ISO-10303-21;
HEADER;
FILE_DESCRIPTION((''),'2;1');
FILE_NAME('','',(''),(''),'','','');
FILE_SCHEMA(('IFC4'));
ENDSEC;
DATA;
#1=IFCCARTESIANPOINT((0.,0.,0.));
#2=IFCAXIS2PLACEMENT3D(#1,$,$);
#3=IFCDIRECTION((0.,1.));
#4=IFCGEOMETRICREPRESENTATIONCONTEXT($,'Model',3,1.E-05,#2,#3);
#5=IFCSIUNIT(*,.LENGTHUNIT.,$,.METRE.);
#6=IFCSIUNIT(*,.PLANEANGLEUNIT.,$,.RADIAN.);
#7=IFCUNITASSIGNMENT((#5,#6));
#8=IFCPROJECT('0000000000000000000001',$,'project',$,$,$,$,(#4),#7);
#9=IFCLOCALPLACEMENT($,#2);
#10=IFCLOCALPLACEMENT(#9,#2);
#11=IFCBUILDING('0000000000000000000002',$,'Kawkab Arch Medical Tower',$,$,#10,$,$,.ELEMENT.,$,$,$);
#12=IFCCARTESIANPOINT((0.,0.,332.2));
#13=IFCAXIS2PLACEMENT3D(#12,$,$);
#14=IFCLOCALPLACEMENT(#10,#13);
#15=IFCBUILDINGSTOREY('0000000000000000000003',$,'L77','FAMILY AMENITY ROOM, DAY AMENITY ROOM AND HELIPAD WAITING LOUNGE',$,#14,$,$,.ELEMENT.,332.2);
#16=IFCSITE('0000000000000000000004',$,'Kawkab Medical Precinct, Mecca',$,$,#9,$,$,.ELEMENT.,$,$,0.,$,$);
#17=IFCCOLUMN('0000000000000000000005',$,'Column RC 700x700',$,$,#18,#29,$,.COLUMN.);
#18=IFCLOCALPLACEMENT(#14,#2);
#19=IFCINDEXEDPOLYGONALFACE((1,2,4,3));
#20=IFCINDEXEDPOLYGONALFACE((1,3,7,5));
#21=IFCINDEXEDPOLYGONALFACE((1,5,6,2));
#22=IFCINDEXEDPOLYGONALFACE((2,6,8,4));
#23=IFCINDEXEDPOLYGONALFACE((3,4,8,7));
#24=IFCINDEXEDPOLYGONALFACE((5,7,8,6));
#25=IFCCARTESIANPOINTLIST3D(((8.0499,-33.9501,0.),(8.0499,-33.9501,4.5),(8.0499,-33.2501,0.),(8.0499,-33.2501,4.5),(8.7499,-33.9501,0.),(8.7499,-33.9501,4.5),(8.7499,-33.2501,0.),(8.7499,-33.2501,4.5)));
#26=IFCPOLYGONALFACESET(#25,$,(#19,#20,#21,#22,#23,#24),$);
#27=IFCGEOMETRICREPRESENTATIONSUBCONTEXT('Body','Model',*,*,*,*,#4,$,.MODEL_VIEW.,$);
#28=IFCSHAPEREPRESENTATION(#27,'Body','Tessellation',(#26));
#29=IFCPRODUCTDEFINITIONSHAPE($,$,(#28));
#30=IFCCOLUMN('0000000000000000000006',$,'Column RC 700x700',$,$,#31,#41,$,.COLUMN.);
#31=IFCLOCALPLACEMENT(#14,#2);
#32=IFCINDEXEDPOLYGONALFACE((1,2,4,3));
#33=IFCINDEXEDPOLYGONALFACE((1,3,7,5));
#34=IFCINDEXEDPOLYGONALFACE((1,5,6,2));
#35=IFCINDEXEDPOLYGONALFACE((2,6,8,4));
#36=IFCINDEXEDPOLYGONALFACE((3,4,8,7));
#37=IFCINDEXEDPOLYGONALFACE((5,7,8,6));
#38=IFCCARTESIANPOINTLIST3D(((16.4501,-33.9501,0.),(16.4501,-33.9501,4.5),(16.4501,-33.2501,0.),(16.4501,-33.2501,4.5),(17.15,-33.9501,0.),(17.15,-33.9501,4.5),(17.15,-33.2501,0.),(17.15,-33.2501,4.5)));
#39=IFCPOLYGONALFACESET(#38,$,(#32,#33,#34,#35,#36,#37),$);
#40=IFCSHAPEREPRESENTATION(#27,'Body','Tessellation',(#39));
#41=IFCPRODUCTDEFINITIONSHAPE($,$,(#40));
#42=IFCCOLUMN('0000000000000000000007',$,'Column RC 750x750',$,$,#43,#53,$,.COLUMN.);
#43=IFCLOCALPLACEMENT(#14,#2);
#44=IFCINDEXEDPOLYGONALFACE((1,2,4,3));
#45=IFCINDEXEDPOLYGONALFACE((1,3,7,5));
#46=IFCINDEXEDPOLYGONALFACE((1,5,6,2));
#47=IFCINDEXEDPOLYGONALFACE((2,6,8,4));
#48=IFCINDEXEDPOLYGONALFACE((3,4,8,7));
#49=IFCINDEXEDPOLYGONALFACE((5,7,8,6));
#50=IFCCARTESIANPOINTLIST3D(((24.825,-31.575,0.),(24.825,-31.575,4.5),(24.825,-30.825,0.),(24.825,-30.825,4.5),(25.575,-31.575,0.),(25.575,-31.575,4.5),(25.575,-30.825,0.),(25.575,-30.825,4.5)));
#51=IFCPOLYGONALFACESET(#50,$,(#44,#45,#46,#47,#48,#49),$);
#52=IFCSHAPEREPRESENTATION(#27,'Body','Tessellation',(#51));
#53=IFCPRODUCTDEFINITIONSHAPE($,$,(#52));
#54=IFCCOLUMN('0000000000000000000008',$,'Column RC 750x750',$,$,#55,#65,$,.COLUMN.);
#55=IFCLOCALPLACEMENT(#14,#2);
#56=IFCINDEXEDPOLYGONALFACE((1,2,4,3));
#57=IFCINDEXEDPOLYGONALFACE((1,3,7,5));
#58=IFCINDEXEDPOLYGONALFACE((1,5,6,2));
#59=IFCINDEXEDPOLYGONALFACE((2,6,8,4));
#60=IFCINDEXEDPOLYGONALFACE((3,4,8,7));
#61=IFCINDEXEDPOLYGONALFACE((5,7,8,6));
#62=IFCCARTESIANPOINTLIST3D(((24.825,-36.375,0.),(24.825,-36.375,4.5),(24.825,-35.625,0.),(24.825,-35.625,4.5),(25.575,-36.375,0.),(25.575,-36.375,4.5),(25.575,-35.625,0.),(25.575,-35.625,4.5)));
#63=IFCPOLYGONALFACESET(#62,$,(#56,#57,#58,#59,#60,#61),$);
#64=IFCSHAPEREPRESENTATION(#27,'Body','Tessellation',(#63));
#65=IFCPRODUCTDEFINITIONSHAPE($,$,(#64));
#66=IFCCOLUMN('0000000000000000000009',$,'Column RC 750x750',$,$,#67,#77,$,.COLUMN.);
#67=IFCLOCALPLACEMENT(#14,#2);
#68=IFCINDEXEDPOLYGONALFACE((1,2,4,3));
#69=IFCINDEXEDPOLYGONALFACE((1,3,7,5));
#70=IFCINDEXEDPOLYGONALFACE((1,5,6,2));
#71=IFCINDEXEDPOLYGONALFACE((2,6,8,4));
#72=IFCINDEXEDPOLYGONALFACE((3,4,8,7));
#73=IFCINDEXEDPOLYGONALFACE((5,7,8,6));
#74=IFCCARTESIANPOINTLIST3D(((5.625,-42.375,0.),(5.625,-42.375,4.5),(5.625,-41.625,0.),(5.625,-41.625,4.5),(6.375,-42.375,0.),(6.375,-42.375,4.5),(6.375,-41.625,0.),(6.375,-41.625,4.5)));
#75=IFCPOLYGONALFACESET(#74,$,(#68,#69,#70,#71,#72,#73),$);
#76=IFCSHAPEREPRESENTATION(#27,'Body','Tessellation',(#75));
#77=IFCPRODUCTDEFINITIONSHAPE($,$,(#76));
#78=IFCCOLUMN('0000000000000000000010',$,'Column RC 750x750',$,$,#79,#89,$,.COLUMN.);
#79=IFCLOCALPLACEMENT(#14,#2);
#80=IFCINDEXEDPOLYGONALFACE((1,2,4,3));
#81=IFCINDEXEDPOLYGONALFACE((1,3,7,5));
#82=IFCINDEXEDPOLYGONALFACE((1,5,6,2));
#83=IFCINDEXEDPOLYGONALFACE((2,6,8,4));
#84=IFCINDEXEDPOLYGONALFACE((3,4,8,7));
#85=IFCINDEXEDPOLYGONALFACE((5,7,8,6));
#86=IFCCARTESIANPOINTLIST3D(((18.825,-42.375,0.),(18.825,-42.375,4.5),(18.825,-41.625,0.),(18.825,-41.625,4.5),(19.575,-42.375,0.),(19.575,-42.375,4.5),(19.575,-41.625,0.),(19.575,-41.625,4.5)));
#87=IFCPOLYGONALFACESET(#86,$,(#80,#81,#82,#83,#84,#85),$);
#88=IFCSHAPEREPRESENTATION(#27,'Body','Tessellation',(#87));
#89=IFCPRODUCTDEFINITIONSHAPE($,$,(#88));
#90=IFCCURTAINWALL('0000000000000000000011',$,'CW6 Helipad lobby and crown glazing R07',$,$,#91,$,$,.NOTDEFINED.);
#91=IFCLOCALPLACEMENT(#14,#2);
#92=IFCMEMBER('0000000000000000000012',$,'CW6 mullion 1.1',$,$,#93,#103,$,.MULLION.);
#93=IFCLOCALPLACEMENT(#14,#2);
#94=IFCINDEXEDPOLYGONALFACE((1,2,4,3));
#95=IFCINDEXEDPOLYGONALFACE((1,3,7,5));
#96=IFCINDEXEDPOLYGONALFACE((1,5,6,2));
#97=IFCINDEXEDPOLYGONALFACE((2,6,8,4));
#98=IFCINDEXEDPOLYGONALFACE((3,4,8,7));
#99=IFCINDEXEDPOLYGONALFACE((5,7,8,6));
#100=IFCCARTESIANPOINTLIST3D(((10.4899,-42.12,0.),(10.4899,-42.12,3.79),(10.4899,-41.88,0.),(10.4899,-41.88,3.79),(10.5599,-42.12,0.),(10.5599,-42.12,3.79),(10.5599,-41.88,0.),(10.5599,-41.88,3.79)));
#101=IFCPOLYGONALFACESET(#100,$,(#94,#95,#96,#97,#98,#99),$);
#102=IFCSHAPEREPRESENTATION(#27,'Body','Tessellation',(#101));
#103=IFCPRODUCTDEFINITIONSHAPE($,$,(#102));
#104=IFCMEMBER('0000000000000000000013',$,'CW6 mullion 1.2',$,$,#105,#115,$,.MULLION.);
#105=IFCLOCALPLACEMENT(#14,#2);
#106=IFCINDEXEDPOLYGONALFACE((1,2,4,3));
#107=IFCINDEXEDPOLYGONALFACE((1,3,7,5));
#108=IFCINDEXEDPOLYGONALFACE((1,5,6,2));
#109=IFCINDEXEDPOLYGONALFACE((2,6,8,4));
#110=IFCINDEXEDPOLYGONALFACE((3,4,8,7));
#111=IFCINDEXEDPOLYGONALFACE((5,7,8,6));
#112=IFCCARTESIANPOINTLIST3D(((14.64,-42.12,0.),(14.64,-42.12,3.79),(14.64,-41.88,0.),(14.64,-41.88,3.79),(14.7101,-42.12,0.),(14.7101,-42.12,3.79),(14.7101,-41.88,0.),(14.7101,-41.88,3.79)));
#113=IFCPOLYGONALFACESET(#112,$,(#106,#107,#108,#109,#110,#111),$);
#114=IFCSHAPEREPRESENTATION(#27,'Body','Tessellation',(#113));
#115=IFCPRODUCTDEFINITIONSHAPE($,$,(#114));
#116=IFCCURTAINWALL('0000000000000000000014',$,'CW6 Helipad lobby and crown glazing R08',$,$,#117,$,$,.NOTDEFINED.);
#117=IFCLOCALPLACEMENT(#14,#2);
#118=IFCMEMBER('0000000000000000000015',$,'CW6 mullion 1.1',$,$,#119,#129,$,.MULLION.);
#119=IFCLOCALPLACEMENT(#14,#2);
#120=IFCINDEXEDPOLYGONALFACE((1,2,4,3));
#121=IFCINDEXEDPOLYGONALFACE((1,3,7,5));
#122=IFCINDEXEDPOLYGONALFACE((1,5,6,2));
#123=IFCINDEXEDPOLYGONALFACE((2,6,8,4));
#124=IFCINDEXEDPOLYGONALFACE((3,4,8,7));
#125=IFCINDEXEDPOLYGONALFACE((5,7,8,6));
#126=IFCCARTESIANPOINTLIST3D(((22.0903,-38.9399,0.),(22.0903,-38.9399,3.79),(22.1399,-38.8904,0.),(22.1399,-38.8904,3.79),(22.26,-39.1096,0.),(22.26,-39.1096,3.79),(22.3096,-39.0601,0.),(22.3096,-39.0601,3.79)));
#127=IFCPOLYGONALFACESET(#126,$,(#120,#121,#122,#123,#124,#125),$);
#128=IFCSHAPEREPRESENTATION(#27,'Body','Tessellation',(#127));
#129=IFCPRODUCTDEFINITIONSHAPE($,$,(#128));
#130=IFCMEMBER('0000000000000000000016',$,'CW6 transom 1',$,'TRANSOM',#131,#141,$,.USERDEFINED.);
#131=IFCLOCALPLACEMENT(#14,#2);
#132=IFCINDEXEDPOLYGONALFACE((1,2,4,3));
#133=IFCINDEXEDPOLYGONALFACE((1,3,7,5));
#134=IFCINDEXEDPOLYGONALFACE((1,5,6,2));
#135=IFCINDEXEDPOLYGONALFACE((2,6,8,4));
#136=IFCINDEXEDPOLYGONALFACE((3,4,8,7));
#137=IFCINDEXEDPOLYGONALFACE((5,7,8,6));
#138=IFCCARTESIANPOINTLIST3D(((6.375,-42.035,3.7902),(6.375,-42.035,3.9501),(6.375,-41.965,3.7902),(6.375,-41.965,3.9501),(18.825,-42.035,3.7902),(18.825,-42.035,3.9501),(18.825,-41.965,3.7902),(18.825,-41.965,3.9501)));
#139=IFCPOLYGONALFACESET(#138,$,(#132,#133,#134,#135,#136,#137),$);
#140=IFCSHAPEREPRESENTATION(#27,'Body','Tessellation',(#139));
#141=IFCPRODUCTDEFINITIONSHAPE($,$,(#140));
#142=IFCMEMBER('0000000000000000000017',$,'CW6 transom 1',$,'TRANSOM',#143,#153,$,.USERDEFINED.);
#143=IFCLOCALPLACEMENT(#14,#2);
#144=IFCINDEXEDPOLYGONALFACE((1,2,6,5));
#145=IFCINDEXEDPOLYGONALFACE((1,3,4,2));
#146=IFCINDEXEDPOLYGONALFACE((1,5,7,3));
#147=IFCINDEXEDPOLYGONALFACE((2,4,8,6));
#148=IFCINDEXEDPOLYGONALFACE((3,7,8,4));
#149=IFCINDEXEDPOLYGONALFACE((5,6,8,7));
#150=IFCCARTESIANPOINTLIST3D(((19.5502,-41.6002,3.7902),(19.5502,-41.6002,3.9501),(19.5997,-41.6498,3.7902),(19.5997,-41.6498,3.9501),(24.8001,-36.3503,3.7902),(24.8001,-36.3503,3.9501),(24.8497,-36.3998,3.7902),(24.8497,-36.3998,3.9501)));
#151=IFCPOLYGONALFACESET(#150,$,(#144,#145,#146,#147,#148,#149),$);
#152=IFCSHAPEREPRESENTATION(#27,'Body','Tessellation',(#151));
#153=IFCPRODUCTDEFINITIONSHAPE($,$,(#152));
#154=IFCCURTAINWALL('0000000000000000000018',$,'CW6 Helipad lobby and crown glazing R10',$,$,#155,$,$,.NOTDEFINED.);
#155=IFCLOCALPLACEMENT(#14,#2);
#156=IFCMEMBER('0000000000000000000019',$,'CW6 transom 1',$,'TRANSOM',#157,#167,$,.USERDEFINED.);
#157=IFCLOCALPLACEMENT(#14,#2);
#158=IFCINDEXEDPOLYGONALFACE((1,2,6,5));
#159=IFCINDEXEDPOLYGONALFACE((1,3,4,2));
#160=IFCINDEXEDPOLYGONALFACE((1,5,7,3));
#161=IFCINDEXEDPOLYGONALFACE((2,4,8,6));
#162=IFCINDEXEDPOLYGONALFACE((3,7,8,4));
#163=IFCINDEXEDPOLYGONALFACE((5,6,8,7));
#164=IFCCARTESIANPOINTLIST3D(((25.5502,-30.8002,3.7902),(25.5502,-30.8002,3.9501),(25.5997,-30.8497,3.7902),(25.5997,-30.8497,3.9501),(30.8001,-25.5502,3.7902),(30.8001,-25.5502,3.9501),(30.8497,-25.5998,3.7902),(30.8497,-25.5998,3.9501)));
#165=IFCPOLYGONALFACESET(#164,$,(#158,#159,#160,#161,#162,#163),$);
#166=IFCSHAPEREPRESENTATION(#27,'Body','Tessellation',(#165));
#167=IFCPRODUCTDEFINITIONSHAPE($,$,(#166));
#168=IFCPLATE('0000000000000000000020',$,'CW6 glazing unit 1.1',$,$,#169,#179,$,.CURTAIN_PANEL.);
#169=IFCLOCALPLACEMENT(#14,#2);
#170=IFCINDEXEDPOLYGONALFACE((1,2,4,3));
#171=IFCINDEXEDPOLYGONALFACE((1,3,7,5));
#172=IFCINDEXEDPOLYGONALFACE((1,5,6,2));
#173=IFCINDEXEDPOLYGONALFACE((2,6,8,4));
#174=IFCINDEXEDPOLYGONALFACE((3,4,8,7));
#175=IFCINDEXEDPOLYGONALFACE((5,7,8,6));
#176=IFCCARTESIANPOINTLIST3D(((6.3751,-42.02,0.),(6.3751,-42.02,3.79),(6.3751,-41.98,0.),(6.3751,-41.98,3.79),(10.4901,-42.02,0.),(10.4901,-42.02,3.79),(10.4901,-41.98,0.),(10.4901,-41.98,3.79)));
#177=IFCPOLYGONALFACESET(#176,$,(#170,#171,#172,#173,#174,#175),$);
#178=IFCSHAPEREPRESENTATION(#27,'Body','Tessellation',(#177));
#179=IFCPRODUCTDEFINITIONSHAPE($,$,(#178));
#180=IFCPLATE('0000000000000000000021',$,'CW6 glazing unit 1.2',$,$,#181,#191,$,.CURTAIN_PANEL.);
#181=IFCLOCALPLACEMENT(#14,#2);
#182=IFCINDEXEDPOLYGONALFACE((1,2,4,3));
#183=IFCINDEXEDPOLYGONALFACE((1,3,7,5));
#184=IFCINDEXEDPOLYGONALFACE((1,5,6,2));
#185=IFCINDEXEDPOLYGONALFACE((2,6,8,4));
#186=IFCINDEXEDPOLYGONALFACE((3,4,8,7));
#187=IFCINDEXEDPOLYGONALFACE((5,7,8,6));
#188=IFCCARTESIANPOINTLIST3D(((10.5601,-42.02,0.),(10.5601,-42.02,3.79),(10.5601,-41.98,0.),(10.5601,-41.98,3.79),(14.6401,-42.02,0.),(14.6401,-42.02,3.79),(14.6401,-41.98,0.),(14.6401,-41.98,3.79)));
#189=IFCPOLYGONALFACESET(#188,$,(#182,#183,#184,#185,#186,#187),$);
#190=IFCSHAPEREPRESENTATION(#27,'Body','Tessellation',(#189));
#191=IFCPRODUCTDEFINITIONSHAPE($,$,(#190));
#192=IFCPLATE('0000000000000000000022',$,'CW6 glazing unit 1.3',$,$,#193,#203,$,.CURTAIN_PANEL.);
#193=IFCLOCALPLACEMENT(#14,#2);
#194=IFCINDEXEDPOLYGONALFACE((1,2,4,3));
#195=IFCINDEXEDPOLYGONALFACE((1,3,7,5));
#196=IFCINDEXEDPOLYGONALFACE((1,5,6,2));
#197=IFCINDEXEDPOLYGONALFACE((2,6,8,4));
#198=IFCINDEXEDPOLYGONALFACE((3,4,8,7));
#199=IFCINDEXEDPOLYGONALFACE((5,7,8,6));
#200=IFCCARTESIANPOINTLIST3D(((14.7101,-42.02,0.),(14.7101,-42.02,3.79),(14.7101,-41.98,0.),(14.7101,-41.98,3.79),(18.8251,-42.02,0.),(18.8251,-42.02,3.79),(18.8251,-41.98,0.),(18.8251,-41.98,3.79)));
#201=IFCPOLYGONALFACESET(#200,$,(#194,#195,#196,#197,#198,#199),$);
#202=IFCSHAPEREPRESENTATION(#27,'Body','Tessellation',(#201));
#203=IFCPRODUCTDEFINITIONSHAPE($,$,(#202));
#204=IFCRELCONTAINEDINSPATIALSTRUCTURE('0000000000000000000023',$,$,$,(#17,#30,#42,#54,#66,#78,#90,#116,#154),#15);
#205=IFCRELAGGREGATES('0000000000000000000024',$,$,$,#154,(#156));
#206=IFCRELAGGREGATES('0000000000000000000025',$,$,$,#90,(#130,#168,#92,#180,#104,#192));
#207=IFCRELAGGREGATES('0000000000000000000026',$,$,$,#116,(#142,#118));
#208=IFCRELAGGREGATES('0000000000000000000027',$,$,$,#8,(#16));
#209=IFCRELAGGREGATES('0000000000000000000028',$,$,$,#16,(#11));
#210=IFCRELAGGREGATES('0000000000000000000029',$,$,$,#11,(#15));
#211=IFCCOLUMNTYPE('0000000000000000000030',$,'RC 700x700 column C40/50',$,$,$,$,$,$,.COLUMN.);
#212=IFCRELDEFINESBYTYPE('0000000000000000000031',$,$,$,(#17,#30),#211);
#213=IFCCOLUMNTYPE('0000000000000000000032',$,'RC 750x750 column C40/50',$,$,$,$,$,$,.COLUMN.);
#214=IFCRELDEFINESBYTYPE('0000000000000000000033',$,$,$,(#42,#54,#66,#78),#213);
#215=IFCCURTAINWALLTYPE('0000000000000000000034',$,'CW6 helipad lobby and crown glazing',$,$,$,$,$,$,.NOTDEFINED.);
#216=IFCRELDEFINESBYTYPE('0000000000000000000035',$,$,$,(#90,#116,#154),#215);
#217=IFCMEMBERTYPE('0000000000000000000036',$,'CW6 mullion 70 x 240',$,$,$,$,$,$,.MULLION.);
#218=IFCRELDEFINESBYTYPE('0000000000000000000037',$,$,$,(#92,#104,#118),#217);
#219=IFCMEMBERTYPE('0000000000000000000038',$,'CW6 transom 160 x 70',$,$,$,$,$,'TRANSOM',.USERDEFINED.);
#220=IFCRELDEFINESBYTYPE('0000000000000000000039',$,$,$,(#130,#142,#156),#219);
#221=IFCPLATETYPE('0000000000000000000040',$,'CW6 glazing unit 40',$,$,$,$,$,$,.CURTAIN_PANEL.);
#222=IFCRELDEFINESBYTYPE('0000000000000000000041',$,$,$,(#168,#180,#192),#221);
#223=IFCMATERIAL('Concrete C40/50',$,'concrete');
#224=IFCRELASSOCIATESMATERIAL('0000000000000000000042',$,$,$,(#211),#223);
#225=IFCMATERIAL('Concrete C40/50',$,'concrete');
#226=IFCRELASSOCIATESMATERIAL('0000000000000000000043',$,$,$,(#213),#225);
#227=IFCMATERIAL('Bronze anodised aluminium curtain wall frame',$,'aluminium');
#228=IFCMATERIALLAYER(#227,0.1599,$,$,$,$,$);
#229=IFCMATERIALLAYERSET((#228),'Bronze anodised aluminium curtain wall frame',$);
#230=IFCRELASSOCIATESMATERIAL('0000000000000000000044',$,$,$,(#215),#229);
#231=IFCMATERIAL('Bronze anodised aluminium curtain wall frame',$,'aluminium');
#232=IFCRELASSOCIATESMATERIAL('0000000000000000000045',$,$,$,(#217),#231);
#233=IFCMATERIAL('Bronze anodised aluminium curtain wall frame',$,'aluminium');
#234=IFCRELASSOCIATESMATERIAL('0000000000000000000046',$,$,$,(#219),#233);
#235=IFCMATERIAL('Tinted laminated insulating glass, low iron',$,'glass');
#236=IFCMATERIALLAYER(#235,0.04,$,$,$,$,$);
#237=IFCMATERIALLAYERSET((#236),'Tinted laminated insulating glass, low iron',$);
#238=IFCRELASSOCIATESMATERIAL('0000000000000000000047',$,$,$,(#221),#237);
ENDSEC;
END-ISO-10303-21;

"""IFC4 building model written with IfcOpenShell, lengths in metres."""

from ifc_helpers import new_model, si_unit, direction, frame, origin, origin_2d, place, context, subcontext, project, spatial, rectangle, extrude, material, layer, layer_set, material_profile, profile_set, type_object, element, aggregate, save


model = new_model("IFC4")

# Units and contexts
model_context = context("Model", 3, precision=1e-05, world=origin(), true_north=direction((0.0, 1.0)))
body_context = subcontext(model_context, "Body", "Model", "MODEL_VIEW")
ifc_project = project(units=[si_unit("LENGTHUNIT", "METRE"), si_unit("PLANEANGLEUNIT", "RADIAN")], contexts=[model_context])

# Site, building, storey
site_placement = place(None, origin())
site = spatial("IfcSite", under=ifc_project, at=site_placement, Name="Kawkab Medical Precinct, Mecca", CompositionType="ELEMENT", RefElevation=0.0)
building_placement = place(site_placement, origin())
building = spatial("IfcBuilding", under=site, at=building_placement, Name="Kawkab Arch Medical Tower", CompositionType="ELEMENT")
storey_placement = place(building_placement, frame((0.0, 0.0, 332.2)))
storey = spatial("IfcBuildingStorey", under=building, at=storey_placement, Name="L77", Description="FAMILY AMENITY ROOM, DAY AMENITY ROOM AND HELIPAD WAITING LOUNGE", CompositionType="ELEMENT", Elevation=332.2)

# Columns
ifc_material_1 = material(Name="Concrete C40/50", Category="concrete")
ifc_material_profile_1 = material_profile(ifc_material_1, rectangle(XDim=0.7, YDim=0.7, at=origin_2d()), Name="RC 700x700")
ifc_profile_set_1 = profile_set([ifc_material_profile_1], Name="Concrete C40/50")
column_type_1 = type_object("IfcColumnType", Name="RC 700x700 column C40/50", PredefinedType="COLUMN", material=ifc_profile_set_1)
for number, where, z_axis, x_axis, name in (
    (1, (8.3999, -33.6001, 0.0), (0.0, 0.0, 1.0), (1.0, 0.0, 0.0), "Column RC 700x700"),
    (2, (16.8, -33.6001, 0.0), (0.0, 0.0, 1.0), (1.0, 0.0, 0.0), "Column RC 700x700"),
):
    element("IfcColumn", number, at=place(storey_placement, frame(where, z_axis=z_axis, x_axis=x_axis)), inside=storey, type_object=column_type_1, Name=name, PredefinedType="COLUMN", context=body_context, shape_type="SweptSolid", body=[
        extrude(rectangle(XDim=0.7, YDim=0.7, at=origin_2d()), origin(), (0.0, 0.0, 1.0), 4.5),
    ])
ifc_material_2 = material(Name="Concrete C40/50", Category="concrete")
ifc_material_profile_2 = material_profile(ifc_material_2, rectangle(XDim=0.75, YDim=0.75, at=origin_2d()), Name="RC 750x750")
ifc_profile_set_2 = profile_set([ifc_material_profile_2], Name="Concrete C40/50")
column_type_2 = type_object("IfcColumnType", Name="RC 750x750 column C40/50", PredefinedType="COLUMN", material=ifc_profile_set_2)
for number, where, z_axis, x_axis, name in (
    (3, (25.2, -31.2, 0.0), (0.0, 0.0, 1.0), (1.0, 0.0, 0.0), "Column RC 750x750"),
    (4, (25.2, -36.0, 0.0), (0.0, 0.0, 1.0), (1.0, 0.0, 0.0), "Column RC 750x750"),
    (5, (6.0, -42.0, 0.0), (0.0, 0.0, 1.0), (1.0, 0.0, 0.0), "Column RC 750x750"),
    (6, (19.2, -42.0, 0.0), (0.0, 0.0, 1.0), (1.0, 0.0, 0.0), "Column RC 750x750"),
):
    element("IfcColumn", number, at=place(storey_placement, frame(where, z_axis=z_axis, x_axis=x_axis)), inside=storey, type_object=column_type_2, Name=name, PredefinedType="COLUMN", context=body_context, shape_type="SweptSolid", body=[
        extrude(rectangle(XDim=0.75, YDim=0.75, at=origin_2d()), origin(), (0.0, 0.0, 1.0), 4.5),
    ])

# Curtain wall, members
ifc_material_3 = material(Name="Bronze anodised aluminium curtain wall frame", Category="aluminium")
ifc_layer_1 = layer(ifc_material_3, 0.1599)
ifc_layer_set_1 = layer_set([ifc_layer_1], Name="Bronze anodised aluminium curtain wall frame")
curtain_wall_type = type_object("IfcCurtainWallType", Name="CW6 helipad lobby and crown glazing", PredefinedType="NOTDEFINED", material=ifc_layer_set_1)
placement = place(storey_placement, origin())
curtain_wall_1 = element("IfcCurtainWall", 7, at=placement, inside=storey, type_object=curtain_wall_type, Name="CW6 Helipad lobby and crown glazing R07", PredefinedType="NOTDEFINED")
ifc_material_4 = material(Name="Bronze anodised aluminium curtain wall frame", Category="aluminium")
ifc_material_profile_3 = material_profile(ifc_material_4, rectangle(XDim=0.24, YDim=0.0701, at=origin_2d()), Name="AL 70x240")
ifc_profile_set_3 = profile_set([ifc_material_profile_3], Name="Bronze anodised aluminium curtain wall frame")
member_type_1 = type_object("IfcMemberType", Name="CW6 mullion 70 x 240", PredefinedType="MULLION", material=ifc_profile_set_3)
member_1_placement = place(storey_placement, frame((10.5249, -42.0, 0.0), z_axis=(0.0, 0.0, 1.0), x_axis=(0.0, 1.0, 0.0)))
member_1 = element("IfcMember", 8, at=member_1_placement, type_object=member_type_1, Name="CW6 mullion 1.1", PredefinedType="MULLION", context=body_context, shape_type="SweptSolid", body=[
    extrude(rectangle(XDim=0.24, YDim=0.0701, at=origin_2d()), origin(), (0.0, 0.0, 1.0), 3.79),
])
member_2_placement = place(storey_placement, frame((14.675, -42.0, 0.0), z_axis=(0.0, 0.0, 1.0), x_axis=(0.0, 1.0, 0.0)))
member_2 = element("IfcMember", 9, at=member_2_placement, type_object=member_type_1, Name="CW6 mullion 1.2", PredefinedType="MULLION", context=body_context, shape_type="SweptSolid", body=[
    extrude(rectangle(XDim=0.24, YDim=0.0701, at=origin_2d()), origin(), (0.0, 0.0, 1.0), 3.79),
])

# Curtain wall, member
curtain_wall_2 = element("IfcCurtainWall", 10, at=placement, inside=storey, type_object=curtain_wall_type, Name="CW6 Helipad lobby and crown glazing R08", PredefinedType="NOTDEFINED")
member_3_placement = place(storey_placement, frame((22.2, -39.0, 0.0), z_axis=(0.0, 0.0, 1.0), x_axis=(-0.707107, 0.707107, 0.0)))
member_3 = element("IfcMember", 11, at=member_3_placement, type_object=member_type_1, Name="CW6 mullion 1.1", PredefinedType="MULLION", context=body_context, shape_type="SweptSolid", body=[
    extrude(rectangle(XDim=0.24, YDim=0.0701, at=origin_2d()), origin(), (0.0, 0.0, 1.0), 3.79),
])

# Members
ifc_material_5 = material(Name="Bronze anodised aluminium curtain wall frame", Category="aluminium")
ifc_material_profile_4 = material_profile(ifc_material_5, rectangle(XDim=0.0701, YDim=0.1599, at=origin_2d()), Name="AL 70x160")
ifc_profile_set_4 = profile_set([ifc_material_profile_4], Name="Bronze anodised aluminium curtain wall frame")
member_type_2 = type_object("IfcMemberType", Name="CW6 transom 160 x 70", ElementType="TRANSOM", PredefinedType="USERDEFINED", material=ifc_profile_set_4)
member_4_placement = place(storey_placement, frame((6.375, -42.0, 3.8701), z_axis=(1.0, 0.0, 0.0), x_axis=(0.0, 1.0, 0.0)))
member_4 = element("IfcMember", 12, at=member_4_placement, type_object=member_type_2, Name="CW6 transom 1", ObjectType="TRANSOM", PredefinedType="USERDEFINED", context=body_context, shape_type="SweptSolid", body=[
    extrude(rectangle(XDim=0.0701, YDim=0.1599, at=origin_2d()), origin(), (0.0, 0.0, 1.0), 12.45),
])
member_5_placement = place(storey_placement, frame((19.575, -41.625, 3.8701), z_axis=(0.707107, 0.707107, 0.0), x_axis=(-0.707107, 0.707107, 0.0)))
member_5 = element("IfcMember", 13, at=member_5_placement, type_object=member_type_2, Name="CW6 transom 1", ObjectType="TRANSOM", PredefinedType="USERDEFINED", context=body_context, shape_type="SweptSolid", body=[
    extrude(rectangle(XDim=0.0701, YDim=0.1599, at=origin_2d()), origin(), (0.0, 0.0, 1.0), 7.4246),
])

# Curtain wall, member
curtain_wall_3 = element("IfcCurtainWall", 14, at=placement, inside=storey, type_object=curtain_wall_type, Name="CW6 Helipad lobby and crown glazing R10", PredefinedType="NOTDEFINED")
member_6_placement = place(storey_placement, frame((25.575, -30.825, 3.8701), z_axis=(0.707107, 0.707107, 0.0), x_axis=(-0.707107, 0.707107, 0.0)))
member_6 = element("IfcMember", 15, at=member_6_placement, type_object=member_type_2, Name="CW6 transom 1", ObjectType="TRANSOM", PredefinedType="USERDEFINED", context=body_context, shape_type="SweptSolid", body=[
    extrude(rectangle(XDim=0.0701, YDim=0.1599, at=origin_2d()), origin(), (0.0, 0.0, 1.0), 7.4246),
])
aggregate(curtain_wall_3, [member_6])

# Plates
ifc_material_6 = material(Name="Tinted laminated insulating glass, low iron", Category="glass")
ifc_layer_2 = layer(ifc_material_6, 0.04)
ifc_layer_set_2 = layer_set([ifc_layer_2], Name="Tinted laminated insulating glass, low iron")
plate_type = type_object("IfcPlateType", Name="CW6 glazing unit 40", PredefinedType="CURTAIN_PANEL", material=ifc_layer_set_2)
plate_1_placement = place(storey_placement, frame((8.4326, -42.0, 0.0), z_axis=(0.0, 0.0, 1.0), x_axis=(1.0, 0.0, 0.0)))
plate_1 = element("IfcPlate", 16, at=plate_1_placement, type_object=plate_type, Name="CW6 glazing unit 1.1", PredefinedType="CURTAIN_PANEL", context=body_context, shape_type="SweptSolid", body=[
    extrude(rectangle(XDim=4.115, YDim=0.04, at=origin_2d()), origin(), (0.0, 0.0, 1.0), 3.79),
])
plate_2_placement = place(storey_placement, frame((12.6001, -42.0, 0.0), z_axis=(0.0, 0.0, 1.0), x_axis=(1.0, 0.0, 0.0)))
plate_2 = element("IfcPlate", 17, at=plate_2_placement, type_object=plate_type, Name="CW6 glazing unit 1.2", PredefinedType="CURTAIN_PANEL", context=body_context, shape_type="SweptSolid", body=[
    extrude(rectangle(XDim=4.0801, YDim=0.04, at=origin_2d()), origin(), (0.0, 0.0, 1.0), 3.79),
])
plate_3_placement = place(storey_placement, frame((16.7676, -42.0, 0.0), z_axis=(0.0, 0.0, 1.0), x_axis=(1.0, 0.0, 0.0)))
plate_3 = element("IfcPlate", 18, at=plate_3_placement, type_object=plate_type, Name="CW6 glazing unit 1.3", PredefinedType="CURTAIN_PANEL", context=body_context, shape_type="SweptSolid", body=[
    extrude(rectangle(XDim=4.115, YDim=0.04, at=origin_2d()), origin(), (0.0, 0.0, 1.0), 3.79),
])
aggregate(curtain_wall_1, [member_4, plate_1, member_1, plate_2, member_2, plate_3])
aggregate(curtain_wall_2, [member_5, member_3])

save(model, "model.ifc")
